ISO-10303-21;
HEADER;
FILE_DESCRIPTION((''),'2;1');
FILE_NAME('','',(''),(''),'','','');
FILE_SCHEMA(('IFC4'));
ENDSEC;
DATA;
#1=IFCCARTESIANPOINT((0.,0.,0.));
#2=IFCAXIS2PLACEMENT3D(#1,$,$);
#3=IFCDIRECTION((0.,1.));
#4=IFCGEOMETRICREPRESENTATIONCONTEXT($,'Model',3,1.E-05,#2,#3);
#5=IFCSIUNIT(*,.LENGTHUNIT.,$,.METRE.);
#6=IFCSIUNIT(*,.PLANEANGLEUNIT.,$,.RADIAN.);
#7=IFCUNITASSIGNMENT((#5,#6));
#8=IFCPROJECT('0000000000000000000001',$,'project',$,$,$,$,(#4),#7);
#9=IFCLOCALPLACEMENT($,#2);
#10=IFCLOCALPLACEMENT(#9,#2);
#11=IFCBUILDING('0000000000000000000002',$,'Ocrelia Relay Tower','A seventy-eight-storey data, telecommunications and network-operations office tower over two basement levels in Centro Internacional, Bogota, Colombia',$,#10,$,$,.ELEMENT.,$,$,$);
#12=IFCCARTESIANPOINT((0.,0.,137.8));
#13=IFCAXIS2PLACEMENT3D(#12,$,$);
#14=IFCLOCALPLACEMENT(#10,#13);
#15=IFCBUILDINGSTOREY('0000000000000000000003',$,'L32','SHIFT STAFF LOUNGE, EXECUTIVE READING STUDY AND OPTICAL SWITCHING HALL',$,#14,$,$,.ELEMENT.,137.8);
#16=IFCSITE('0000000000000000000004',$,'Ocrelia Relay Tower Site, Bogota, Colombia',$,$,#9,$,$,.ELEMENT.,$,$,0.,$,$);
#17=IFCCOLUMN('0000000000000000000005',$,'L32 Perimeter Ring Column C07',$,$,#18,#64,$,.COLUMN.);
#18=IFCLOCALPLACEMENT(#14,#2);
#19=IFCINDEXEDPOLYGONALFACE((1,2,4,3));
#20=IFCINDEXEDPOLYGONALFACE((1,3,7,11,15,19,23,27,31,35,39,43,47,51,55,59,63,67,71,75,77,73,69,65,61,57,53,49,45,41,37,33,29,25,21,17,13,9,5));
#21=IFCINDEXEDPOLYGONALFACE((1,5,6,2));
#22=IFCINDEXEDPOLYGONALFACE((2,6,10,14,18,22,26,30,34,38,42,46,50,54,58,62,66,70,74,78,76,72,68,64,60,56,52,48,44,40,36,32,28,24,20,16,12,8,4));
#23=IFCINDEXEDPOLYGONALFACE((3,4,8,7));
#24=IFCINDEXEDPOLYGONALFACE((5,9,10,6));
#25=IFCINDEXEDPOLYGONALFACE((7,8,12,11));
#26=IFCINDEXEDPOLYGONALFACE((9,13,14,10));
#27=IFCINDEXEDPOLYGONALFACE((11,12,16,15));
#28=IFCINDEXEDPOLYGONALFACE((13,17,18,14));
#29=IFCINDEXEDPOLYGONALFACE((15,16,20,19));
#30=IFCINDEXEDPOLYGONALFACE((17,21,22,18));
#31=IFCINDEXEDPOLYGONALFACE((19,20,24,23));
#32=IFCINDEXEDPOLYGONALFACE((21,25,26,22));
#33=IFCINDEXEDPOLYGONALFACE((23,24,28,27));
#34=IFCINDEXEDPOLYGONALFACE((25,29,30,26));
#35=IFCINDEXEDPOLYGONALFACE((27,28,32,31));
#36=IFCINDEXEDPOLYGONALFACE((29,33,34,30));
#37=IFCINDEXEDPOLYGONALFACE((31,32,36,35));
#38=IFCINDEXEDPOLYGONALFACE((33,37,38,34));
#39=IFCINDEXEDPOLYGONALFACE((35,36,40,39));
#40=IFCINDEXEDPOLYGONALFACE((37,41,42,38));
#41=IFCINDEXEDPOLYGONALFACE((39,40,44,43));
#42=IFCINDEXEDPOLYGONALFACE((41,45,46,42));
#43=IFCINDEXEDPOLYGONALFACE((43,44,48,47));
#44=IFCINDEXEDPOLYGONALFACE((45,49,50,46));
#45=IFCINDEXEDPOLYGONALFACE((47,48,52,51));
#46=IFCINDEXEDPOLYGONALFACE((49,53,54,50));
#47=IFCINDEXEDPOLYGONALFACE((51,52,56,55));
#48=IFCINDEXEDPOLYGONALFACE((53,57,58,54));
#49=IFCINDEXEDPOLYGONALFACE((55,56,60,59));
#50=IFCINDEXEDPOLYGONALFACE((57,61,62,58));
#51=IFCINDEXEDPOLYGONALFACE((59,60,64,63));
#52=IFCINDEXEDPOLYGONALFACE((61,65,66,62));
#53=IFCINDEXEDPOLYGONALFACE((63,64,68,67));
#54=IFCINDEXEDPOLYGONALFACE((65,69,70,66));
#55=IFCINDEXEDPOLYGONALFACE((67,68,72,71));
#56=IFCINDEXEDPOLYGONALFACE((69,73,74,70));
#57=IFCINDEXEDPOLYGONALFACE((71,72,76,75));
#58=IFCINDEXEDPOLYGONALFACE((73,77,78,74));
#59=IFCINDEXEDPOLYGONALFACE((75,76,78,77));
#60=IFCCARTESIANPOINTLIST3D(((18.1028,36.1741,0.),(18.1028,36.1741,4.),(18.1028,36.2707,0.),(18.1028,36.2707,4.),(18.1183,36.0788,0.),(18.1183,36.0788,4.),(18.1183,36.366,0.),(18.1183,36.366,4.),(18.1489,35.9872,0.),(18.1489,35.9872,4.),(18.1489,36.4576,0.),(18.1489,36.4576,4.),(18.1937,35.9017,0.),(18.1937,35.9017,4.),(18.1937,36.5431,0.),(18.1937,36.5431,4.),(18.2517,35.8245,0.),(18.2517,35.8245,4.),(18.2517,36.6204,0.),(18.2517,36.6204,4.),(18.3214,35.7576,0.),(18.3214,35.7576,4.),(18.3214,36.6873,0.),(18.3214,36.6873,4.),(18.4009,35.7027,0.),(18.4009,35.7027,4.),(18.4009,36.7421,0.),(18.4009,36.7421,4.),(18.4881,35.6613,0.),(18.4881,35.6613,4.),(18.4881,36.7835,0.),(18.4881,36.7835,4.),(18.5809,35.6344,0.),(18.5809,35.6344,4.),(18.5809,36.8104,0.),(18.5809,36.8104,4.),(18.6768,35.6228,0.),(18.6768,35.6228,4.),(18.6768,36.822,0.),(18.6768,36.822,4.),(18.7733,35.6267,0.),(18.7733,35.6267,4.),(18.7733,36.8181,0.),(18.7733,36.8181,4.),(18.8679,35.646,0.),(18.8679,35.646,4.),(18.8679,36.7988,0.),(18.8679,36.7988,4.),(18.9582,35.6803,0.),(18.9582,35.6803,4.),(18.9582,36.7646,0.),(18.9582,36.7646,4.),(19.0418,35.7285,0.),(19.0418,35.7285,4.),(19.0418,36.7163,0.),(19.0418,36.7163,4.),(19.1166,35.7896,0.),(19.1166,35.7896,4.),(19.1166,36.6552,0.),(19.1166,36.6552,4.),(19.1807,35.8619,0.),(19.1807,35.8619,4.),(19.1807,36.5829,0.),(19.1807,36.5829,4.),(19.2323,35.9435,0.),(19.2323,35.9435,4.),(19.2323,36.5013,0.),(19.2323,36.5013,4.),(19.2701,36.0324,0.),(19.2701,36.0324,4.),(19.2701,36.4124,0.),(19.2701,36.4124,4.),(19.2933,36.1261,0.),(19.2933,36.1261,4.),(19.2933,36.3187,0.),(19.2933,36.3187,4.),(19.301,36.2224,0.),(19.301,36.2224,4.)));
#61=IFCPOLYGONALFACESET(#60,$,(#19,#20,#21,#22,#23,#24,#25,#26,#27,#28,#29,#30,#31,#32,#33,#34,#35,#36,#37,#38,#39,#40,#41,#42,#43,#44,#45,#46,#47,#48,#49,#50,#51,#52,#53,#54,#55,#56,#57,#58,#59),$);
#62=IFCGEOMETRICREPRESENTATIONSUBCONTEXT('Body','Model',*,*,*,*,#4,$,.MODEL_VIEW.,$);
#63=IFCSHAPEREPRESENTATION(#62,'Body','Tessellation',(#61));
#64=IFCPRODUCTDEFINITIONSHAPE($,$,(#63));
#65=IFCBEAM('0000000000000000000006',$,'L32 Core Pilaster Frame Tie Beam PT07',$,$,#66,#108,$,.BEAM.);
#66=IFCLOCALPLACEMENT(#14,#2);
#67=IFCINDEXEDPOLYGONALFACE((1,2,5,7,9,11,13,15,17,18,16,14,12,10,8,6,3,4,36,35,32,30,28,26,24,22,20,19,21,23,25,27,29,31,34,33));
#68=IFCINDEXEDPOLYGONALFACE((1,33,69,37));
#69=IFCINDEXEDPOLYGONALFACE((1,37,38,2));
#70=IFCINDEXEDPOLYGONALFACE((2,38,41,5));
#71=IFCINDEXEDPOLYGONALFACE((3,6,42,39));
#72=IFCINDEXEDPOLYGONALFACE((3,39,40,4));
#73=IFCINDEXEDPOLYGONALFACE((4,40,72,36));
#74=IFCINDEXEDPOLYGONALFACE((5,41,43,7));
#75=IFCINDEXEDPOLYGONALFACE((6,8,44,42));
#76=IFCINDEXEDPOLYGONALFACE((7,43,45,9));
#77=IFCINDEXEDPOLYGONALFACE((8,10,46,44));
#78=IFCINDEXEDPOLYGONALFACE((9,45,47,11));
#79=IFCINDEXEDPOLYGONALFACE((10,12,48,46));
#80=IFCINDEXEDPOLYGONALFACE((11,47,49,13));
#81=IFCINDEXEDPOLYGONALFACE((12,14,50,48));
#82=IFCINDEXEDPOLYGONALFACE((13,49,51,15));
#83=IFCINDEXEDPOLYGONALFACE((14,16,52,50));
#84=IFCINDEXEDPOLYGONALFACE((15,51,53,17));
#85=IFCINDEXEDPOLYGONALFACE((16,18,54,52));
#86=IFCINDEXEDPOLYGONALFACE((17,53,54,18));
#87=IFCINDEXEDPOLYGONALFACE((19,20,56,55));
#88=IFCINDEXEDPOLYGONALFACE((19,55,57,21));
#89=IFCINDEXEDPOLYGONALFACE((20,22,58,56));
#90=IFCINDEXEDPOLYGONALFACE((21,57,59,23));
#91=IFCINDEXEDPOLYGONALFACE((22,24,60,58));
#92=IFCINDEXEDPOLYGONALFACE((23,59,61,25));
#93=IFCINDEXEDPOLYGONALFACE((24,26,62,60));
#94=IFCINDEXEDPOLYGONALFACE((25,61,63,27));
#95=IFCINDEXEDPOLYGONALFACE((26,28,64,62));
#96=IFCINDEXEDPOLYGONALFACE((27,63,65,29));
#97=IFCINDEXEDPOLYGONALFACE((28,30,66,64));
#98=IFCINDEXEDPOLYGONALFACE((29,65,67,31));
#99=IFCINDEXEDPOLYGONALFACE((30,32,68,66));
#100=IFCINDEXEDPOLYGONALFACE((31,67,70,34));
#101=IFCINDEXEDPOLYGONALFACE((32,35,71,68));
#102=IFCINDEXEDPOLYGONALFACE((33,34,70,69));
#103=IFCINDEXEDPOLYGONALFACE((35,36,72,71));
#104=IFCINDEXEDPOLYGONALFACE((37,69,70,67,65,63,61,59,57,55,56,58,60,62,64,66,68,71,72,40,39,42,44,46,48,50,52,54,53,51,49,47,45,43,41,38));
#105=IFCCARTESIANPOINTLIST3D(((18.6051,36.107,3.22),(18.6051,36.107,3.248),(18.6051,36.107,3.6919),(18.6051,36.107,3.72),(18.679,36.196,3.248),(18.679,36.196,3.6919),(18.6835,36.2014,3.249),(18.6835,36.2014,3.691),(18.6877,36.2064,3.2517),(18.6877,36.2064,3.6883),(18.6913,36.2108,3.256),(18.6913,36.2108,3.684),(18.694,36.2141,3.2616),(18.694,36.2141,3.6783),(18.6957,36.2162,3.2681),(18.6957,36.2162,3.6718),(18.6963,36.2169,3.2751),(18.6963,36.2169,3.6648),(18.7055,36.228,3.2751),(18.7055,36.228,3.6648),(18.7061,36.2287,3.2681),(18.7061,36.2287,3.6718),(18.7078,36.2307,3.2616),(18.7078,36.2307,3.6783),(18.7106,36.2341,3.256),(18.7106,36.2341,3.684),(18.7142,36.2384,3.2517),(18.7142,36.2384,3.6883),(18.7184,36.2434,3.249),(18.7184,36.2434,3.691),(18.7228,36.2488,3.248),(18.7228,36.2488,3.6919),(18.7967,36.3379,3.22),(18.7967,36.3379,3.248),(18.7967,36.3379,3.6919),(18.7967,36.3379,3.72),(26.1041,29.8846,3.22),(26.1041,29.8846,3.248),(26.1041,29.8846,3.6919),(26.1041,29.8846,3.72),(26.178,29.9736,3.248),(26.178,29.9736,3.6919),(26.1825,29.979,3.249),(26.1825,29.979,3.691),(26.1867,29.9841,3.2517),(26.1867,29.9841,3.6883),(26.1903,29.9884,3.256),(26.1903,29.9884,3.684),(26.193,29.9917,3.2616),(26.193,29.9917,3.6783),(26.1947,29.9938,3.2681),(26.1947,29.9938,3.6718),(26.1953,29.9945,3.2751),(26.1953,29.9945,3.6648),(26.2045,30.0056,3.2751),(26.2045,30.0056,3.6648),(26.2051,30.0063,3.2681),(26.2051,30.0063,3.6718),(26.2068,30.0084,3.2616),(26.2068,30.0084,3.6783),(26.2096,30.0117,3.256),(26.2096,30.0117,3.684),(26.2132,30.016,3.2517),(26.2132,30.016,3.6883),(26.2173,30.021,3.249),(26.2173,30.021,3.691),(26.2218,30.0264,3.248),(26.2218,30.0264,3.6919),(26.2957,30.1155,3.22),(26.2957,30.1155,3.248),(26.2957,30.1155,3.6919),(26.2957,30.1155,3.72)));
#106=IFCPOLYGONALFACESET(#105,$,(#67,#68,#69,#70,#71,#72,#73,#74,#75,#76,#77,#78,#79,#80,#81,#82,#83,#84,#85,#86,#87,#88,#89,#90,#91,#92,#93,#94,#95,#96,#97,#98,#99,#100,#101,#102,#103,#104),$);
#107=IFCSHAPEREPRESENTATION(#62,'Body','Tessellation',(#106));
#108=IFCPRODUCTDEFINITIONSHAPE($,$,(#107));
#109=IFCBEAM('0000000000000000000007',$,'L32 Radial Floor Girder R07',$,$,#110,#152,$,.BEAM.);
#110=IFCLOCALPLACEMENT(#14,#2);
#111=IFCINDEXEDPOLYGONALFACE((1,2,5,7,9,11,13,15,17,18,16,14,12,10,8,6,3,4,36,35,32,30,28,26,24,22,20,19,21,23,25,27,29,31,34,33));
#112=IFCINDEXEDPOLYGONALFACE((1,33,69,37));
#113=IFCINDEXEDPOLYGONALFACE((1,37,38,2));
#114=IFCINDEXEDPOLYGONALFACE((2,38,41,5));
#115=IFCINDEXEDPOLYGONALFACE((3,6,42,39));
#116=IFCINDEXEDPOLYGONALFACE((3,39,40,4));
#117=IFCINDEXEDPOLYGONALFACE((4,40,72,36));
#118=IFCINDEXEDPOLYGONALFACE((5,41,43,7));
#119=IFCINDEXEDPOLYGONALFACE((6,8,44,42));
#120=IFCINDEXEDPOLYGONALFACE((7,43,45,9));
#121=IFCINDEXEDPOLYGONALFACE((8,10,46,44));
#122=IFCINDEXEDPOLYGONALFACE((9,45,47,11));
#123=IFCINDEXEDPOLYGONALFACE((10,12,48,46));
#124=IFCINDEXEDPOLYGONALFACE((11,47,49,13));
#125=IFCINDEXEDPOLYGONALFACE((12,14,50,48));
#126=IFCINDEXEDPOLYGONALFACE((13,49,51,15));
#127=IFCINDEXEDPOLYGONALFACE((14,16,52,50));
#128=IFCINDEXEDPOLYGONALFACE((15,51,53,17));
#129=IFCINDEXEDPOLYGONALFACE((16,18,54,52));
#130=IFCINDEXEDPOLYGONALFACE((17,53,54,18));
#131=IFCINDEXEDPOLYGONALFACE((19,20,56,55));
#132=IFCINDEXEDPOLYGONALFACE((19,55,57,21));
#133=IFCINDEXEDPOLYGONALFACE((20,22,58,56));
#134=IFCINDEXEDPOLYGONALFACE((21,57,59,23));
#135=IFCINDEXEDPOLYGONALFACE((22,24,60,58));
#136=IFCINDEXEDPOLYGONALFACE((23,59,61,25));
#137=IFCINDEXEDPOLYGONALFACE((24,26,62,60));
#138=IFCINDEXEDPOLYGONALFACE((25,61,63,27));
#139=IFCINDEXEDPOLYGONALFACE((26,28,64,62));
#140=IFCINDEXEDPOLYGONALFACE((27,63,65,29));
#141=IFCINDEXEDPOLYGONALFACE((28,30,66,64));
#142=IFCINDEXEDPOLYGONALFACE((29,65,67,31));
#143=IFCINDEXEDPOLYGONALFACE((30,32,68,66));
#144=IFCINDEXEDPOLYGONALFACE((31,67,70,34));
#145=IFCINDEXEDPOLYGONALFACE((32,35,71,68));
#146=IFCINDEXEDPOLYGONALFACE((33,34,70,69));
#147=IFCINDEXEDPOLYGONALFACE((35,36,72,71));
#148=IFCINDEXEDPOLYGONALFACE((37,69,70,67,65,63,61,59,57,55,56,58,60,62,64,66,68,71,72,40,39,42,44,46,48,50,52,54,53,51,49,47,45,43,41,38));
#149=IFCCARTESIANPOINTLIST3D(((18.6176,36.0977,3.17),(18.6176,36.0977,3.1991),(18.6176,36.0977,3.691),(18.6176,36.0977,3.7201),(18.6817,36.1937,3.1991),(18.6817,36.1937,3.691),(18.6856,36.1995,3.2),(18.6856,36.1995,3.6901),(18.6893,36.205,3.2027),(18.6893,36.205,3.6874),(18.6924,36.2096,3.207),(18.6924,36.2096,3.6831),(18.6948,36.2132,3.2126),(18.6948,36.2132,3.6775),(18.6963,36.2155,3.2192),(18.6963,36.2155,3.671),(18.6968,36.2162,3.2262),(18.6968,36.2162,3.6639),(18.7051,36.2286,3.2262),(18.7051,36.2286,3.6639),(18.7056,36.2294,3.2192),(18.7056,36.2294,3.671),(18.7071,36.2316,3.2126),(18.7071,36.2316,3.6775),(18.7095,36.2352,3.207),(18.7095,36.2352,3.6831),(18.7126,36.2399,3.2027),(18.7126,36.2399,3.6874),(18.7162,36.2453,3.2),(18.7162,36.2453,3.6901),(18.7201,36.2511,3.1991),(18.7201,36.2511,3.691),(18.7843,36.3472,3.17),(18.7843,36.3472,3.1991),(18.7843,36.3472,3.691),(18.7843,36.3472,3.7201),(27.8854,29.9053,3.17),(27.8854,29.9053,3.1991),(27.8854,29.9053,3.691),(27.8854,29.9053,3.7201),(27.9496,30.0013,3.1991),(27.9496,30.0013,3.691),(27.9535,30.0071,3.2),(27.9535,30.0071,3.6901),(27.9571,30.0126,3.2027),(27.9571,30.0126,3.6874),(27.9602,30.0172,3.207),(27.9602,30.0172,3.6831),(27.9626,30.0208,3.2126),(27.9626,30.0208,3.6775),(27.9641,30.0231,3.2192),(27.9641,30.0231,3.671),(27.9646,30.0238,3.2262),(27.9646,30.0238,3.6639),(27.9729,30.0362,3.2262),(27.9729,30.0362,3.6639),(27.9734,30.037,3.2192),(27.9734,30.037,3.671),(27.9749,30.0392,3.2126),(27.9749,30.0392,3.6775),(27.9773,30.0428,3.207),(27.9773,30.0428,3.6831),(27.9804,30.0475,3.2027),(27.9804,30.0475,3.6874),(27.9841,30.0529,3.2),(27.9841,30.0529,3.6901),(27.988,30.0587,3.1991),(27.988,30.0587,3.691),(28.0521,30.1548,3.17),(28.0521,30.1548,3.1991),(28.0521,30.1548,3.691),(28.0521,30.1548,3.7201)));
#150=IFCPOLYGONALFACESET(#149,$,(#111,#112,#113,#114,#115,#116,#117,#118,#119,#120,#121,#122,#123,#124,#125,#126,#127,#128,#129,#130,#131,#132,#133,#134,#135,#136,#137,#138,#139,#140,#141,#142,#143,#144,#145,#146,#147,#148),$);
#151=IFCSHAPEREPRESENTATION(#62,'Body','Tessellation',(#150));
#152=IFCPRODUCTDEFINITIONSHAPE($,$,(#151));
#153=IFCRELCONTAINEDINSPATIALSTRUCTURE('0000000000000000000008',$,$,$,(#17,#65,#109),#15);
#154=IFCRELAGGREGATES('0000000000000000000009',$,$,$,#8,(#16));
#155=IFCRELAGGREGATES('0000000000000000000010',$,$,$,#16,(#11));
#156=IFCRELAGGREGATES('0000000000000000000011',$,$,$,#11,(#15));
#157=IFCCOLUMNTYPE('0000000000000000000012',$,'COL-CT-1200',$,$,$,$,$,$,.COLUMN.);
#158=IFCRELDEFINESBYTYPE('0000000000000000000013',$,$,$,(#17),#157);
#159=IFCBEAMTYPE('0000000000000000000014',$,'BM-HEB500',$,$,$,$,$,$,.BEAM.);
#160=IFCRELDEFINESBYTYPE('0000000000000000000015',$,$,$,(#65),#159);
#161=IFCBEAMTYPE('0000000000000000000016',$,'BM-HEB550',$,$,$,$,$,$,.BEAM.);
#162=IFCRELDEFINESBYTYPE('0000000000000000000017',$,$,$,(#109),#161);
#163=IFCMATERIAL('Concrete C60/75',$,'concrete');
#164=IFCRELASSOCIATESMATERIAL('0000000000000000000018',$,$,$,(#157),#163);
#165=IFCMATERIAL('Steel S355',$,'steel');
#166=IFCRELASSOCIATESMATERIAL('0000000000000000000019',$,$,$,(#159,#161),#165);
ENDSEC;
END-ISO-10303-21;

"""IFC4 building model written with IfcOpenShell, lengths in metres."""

from ifc_helpers import new_model, si_unit, direction, frame, origin, origin_2d, place, context, subcontext, project, spatial, circle, i_section, extrude, material, material_profile, profile_set, type_object, element, save


model = new_model("IFC4")

# Units and contexts
model_context = context("Model", 3, precision=1e-05, world=origin(), true_north=direction((0.0, 1.0)))
body_context = subcontext(model_context, "Body", "Model", "MODEL_VIEW")
ifc_project = project(units=[si_unit("LENGTHUNIT", "METRE"), si_unit("PLANEANGLEUNIT", "RADIAN")], contexts=[model_context])

# Site, building, storey
site_placement = place(None, origin())
site = spatial("IfcSite", under=ifc_project, at=site_placement, Name="Ocrelia Relay Tower Site, Bogota, Colombia", CompositionType="ELEMENT", RefElevation=0.0)
building_placement = place(site_placement, origin())
building = spatial("IfcBuilding", under=site, at=building_placement, Name="Ocrelia Relay Tower", Description="A seventy-eight-storey data, telecommunications and network-operations office tower over two basement levels in Centro Internacional, Bogota, Colombia", CompositionType="ELEMENT")
storey_placement = place(building_placement, frame((0.0, 0.0, 137.8)))
storey = spatial("IfcBuildingStorey", under=building, at=storey_placement, Name="L32", Description="SHIFT STAFF LOUNGE, EXECUTIVE READING STUDY AND OPTICAL SWITCHING HALL", CompositionType="ELEMENT", Elevation=137.8)

# Column
ifc_material_1 = material(Name="Concrete C60/75", Category="concrete")
ifc_material_profile_1 = material_profile(ifc_material_1, circle(Radius=0.6001, at=origin_2d()), Name="RC-CIR-1200")
ifc_profile_set_1 = profile_set([ifc_material_profile_1], Name="Concrete C60/75")
column_type = type_object("IfcColumnType", Name="COL-CT-1200", PredefinedType="COLUMN", material=ifc_profile_set_1)
column_placement = place(storey_placement, frame((18.7009, 36.2224, 0.0), z_axis=(0.0, 0.0, 1.0), x_axis=(1.0, 0.0, 0.0)))
element("IfcColumn", 1, at=column_placement, inside=storey, type_object=column_type, Name="L32 Perimeter Ring Column C07", PredefinedType="COLUMN", context=body_context, shape_type="SweptSolid", body=[
    extrude(circle(Radius=0.6001, at=origin_2d()), origin(), (0.0, 0.0, 1.0), 4.0),
])

# Beams
ifc_material_2 = material(Name="Steel S355", Category="steel")
ifc_material_profile_2 = material_profile(ifc_material_2, i_section(OverallWidth=0.3, OverallDepth=0.5, WebThickness=0.0144, FlangeThickness=0.0281, FilletRadius=0.0271, at=origin_2d()), Name="HEB 500")
ifc_profile_set_2 = profile_set([ifc_material_profile_2], Name="Steel S355")
beam_type_1 = type_object("IfcBeamType", Name="BM-HEB500", PredefinedType="BEAM", material=ifc_profile_set_2)
beam_1_placement = place(storey_placement, frame((18.7009, 36.2224, 3.47), z_axis=(0.769571, -0.638561, 0.0), x_axis=(0.638561, 0.769571, 0.0)))
element("IfcBeam", 2, at=beam_1_placement, inside=storey, type_object=beam_type_1, Name="L32 Core Pilaster Frame Tie Beam PT07", PredefinedType="BEAM", context=body_context, shape_type="SweptSolid", body=[
    extrude(i_section(OverallWidth=0.3, OverallDepth=0.5, WebThickness=0.0144, FlangeThickness=0.0281, FilletRadius=0.0271, at=origin_2d()), origin(), (0.0, 0.0, 1.0), 9.7444),
])
ifc_material_profile_3 = material_profile(ifc_material_2, i_section(OverallWidth=0.3, OverallDepth=0.55, WebThickness=0.0149, FlangeThickness=0.0291, FilletRadius=0.0271, at=origin_2d()), Name="HEB 550")
ifc_profile_set_3 = profile_set([ifc_material_profile_3], Name="Steel S355")
beam_type_2 = type_object("IfcBeamType", Name="BM-HEB550", PredefinedType="BEAM", material=ifc_profile_set_3)
beam_2_placement = place(storey_placement, frame((18.7009, 36.2224, 3.4451), z_axis=(0.831477, -0.555559, 0.0), x_axis=(0.555559, 0.831477, 0.0)))
element("IfcBeam", 3, at=beam_2_placement, inside=storey, type_object=beam_type_2, Name="L32 Radial Floor Girder R07", PredefinedType="BEAM", context=body_context, shape_type="SweptSolid", body=[
    extrude(i_section(OverallWidth=0.3, OverallDepth=0.55, WebThickness=0.0149, FlangeThickness=0.0291, FilletRadius=0.0271, at=origin_2d()), origin(), (0.0, 0.0, 1.0), 11.1462),
])

save(model, "model.ifc")
